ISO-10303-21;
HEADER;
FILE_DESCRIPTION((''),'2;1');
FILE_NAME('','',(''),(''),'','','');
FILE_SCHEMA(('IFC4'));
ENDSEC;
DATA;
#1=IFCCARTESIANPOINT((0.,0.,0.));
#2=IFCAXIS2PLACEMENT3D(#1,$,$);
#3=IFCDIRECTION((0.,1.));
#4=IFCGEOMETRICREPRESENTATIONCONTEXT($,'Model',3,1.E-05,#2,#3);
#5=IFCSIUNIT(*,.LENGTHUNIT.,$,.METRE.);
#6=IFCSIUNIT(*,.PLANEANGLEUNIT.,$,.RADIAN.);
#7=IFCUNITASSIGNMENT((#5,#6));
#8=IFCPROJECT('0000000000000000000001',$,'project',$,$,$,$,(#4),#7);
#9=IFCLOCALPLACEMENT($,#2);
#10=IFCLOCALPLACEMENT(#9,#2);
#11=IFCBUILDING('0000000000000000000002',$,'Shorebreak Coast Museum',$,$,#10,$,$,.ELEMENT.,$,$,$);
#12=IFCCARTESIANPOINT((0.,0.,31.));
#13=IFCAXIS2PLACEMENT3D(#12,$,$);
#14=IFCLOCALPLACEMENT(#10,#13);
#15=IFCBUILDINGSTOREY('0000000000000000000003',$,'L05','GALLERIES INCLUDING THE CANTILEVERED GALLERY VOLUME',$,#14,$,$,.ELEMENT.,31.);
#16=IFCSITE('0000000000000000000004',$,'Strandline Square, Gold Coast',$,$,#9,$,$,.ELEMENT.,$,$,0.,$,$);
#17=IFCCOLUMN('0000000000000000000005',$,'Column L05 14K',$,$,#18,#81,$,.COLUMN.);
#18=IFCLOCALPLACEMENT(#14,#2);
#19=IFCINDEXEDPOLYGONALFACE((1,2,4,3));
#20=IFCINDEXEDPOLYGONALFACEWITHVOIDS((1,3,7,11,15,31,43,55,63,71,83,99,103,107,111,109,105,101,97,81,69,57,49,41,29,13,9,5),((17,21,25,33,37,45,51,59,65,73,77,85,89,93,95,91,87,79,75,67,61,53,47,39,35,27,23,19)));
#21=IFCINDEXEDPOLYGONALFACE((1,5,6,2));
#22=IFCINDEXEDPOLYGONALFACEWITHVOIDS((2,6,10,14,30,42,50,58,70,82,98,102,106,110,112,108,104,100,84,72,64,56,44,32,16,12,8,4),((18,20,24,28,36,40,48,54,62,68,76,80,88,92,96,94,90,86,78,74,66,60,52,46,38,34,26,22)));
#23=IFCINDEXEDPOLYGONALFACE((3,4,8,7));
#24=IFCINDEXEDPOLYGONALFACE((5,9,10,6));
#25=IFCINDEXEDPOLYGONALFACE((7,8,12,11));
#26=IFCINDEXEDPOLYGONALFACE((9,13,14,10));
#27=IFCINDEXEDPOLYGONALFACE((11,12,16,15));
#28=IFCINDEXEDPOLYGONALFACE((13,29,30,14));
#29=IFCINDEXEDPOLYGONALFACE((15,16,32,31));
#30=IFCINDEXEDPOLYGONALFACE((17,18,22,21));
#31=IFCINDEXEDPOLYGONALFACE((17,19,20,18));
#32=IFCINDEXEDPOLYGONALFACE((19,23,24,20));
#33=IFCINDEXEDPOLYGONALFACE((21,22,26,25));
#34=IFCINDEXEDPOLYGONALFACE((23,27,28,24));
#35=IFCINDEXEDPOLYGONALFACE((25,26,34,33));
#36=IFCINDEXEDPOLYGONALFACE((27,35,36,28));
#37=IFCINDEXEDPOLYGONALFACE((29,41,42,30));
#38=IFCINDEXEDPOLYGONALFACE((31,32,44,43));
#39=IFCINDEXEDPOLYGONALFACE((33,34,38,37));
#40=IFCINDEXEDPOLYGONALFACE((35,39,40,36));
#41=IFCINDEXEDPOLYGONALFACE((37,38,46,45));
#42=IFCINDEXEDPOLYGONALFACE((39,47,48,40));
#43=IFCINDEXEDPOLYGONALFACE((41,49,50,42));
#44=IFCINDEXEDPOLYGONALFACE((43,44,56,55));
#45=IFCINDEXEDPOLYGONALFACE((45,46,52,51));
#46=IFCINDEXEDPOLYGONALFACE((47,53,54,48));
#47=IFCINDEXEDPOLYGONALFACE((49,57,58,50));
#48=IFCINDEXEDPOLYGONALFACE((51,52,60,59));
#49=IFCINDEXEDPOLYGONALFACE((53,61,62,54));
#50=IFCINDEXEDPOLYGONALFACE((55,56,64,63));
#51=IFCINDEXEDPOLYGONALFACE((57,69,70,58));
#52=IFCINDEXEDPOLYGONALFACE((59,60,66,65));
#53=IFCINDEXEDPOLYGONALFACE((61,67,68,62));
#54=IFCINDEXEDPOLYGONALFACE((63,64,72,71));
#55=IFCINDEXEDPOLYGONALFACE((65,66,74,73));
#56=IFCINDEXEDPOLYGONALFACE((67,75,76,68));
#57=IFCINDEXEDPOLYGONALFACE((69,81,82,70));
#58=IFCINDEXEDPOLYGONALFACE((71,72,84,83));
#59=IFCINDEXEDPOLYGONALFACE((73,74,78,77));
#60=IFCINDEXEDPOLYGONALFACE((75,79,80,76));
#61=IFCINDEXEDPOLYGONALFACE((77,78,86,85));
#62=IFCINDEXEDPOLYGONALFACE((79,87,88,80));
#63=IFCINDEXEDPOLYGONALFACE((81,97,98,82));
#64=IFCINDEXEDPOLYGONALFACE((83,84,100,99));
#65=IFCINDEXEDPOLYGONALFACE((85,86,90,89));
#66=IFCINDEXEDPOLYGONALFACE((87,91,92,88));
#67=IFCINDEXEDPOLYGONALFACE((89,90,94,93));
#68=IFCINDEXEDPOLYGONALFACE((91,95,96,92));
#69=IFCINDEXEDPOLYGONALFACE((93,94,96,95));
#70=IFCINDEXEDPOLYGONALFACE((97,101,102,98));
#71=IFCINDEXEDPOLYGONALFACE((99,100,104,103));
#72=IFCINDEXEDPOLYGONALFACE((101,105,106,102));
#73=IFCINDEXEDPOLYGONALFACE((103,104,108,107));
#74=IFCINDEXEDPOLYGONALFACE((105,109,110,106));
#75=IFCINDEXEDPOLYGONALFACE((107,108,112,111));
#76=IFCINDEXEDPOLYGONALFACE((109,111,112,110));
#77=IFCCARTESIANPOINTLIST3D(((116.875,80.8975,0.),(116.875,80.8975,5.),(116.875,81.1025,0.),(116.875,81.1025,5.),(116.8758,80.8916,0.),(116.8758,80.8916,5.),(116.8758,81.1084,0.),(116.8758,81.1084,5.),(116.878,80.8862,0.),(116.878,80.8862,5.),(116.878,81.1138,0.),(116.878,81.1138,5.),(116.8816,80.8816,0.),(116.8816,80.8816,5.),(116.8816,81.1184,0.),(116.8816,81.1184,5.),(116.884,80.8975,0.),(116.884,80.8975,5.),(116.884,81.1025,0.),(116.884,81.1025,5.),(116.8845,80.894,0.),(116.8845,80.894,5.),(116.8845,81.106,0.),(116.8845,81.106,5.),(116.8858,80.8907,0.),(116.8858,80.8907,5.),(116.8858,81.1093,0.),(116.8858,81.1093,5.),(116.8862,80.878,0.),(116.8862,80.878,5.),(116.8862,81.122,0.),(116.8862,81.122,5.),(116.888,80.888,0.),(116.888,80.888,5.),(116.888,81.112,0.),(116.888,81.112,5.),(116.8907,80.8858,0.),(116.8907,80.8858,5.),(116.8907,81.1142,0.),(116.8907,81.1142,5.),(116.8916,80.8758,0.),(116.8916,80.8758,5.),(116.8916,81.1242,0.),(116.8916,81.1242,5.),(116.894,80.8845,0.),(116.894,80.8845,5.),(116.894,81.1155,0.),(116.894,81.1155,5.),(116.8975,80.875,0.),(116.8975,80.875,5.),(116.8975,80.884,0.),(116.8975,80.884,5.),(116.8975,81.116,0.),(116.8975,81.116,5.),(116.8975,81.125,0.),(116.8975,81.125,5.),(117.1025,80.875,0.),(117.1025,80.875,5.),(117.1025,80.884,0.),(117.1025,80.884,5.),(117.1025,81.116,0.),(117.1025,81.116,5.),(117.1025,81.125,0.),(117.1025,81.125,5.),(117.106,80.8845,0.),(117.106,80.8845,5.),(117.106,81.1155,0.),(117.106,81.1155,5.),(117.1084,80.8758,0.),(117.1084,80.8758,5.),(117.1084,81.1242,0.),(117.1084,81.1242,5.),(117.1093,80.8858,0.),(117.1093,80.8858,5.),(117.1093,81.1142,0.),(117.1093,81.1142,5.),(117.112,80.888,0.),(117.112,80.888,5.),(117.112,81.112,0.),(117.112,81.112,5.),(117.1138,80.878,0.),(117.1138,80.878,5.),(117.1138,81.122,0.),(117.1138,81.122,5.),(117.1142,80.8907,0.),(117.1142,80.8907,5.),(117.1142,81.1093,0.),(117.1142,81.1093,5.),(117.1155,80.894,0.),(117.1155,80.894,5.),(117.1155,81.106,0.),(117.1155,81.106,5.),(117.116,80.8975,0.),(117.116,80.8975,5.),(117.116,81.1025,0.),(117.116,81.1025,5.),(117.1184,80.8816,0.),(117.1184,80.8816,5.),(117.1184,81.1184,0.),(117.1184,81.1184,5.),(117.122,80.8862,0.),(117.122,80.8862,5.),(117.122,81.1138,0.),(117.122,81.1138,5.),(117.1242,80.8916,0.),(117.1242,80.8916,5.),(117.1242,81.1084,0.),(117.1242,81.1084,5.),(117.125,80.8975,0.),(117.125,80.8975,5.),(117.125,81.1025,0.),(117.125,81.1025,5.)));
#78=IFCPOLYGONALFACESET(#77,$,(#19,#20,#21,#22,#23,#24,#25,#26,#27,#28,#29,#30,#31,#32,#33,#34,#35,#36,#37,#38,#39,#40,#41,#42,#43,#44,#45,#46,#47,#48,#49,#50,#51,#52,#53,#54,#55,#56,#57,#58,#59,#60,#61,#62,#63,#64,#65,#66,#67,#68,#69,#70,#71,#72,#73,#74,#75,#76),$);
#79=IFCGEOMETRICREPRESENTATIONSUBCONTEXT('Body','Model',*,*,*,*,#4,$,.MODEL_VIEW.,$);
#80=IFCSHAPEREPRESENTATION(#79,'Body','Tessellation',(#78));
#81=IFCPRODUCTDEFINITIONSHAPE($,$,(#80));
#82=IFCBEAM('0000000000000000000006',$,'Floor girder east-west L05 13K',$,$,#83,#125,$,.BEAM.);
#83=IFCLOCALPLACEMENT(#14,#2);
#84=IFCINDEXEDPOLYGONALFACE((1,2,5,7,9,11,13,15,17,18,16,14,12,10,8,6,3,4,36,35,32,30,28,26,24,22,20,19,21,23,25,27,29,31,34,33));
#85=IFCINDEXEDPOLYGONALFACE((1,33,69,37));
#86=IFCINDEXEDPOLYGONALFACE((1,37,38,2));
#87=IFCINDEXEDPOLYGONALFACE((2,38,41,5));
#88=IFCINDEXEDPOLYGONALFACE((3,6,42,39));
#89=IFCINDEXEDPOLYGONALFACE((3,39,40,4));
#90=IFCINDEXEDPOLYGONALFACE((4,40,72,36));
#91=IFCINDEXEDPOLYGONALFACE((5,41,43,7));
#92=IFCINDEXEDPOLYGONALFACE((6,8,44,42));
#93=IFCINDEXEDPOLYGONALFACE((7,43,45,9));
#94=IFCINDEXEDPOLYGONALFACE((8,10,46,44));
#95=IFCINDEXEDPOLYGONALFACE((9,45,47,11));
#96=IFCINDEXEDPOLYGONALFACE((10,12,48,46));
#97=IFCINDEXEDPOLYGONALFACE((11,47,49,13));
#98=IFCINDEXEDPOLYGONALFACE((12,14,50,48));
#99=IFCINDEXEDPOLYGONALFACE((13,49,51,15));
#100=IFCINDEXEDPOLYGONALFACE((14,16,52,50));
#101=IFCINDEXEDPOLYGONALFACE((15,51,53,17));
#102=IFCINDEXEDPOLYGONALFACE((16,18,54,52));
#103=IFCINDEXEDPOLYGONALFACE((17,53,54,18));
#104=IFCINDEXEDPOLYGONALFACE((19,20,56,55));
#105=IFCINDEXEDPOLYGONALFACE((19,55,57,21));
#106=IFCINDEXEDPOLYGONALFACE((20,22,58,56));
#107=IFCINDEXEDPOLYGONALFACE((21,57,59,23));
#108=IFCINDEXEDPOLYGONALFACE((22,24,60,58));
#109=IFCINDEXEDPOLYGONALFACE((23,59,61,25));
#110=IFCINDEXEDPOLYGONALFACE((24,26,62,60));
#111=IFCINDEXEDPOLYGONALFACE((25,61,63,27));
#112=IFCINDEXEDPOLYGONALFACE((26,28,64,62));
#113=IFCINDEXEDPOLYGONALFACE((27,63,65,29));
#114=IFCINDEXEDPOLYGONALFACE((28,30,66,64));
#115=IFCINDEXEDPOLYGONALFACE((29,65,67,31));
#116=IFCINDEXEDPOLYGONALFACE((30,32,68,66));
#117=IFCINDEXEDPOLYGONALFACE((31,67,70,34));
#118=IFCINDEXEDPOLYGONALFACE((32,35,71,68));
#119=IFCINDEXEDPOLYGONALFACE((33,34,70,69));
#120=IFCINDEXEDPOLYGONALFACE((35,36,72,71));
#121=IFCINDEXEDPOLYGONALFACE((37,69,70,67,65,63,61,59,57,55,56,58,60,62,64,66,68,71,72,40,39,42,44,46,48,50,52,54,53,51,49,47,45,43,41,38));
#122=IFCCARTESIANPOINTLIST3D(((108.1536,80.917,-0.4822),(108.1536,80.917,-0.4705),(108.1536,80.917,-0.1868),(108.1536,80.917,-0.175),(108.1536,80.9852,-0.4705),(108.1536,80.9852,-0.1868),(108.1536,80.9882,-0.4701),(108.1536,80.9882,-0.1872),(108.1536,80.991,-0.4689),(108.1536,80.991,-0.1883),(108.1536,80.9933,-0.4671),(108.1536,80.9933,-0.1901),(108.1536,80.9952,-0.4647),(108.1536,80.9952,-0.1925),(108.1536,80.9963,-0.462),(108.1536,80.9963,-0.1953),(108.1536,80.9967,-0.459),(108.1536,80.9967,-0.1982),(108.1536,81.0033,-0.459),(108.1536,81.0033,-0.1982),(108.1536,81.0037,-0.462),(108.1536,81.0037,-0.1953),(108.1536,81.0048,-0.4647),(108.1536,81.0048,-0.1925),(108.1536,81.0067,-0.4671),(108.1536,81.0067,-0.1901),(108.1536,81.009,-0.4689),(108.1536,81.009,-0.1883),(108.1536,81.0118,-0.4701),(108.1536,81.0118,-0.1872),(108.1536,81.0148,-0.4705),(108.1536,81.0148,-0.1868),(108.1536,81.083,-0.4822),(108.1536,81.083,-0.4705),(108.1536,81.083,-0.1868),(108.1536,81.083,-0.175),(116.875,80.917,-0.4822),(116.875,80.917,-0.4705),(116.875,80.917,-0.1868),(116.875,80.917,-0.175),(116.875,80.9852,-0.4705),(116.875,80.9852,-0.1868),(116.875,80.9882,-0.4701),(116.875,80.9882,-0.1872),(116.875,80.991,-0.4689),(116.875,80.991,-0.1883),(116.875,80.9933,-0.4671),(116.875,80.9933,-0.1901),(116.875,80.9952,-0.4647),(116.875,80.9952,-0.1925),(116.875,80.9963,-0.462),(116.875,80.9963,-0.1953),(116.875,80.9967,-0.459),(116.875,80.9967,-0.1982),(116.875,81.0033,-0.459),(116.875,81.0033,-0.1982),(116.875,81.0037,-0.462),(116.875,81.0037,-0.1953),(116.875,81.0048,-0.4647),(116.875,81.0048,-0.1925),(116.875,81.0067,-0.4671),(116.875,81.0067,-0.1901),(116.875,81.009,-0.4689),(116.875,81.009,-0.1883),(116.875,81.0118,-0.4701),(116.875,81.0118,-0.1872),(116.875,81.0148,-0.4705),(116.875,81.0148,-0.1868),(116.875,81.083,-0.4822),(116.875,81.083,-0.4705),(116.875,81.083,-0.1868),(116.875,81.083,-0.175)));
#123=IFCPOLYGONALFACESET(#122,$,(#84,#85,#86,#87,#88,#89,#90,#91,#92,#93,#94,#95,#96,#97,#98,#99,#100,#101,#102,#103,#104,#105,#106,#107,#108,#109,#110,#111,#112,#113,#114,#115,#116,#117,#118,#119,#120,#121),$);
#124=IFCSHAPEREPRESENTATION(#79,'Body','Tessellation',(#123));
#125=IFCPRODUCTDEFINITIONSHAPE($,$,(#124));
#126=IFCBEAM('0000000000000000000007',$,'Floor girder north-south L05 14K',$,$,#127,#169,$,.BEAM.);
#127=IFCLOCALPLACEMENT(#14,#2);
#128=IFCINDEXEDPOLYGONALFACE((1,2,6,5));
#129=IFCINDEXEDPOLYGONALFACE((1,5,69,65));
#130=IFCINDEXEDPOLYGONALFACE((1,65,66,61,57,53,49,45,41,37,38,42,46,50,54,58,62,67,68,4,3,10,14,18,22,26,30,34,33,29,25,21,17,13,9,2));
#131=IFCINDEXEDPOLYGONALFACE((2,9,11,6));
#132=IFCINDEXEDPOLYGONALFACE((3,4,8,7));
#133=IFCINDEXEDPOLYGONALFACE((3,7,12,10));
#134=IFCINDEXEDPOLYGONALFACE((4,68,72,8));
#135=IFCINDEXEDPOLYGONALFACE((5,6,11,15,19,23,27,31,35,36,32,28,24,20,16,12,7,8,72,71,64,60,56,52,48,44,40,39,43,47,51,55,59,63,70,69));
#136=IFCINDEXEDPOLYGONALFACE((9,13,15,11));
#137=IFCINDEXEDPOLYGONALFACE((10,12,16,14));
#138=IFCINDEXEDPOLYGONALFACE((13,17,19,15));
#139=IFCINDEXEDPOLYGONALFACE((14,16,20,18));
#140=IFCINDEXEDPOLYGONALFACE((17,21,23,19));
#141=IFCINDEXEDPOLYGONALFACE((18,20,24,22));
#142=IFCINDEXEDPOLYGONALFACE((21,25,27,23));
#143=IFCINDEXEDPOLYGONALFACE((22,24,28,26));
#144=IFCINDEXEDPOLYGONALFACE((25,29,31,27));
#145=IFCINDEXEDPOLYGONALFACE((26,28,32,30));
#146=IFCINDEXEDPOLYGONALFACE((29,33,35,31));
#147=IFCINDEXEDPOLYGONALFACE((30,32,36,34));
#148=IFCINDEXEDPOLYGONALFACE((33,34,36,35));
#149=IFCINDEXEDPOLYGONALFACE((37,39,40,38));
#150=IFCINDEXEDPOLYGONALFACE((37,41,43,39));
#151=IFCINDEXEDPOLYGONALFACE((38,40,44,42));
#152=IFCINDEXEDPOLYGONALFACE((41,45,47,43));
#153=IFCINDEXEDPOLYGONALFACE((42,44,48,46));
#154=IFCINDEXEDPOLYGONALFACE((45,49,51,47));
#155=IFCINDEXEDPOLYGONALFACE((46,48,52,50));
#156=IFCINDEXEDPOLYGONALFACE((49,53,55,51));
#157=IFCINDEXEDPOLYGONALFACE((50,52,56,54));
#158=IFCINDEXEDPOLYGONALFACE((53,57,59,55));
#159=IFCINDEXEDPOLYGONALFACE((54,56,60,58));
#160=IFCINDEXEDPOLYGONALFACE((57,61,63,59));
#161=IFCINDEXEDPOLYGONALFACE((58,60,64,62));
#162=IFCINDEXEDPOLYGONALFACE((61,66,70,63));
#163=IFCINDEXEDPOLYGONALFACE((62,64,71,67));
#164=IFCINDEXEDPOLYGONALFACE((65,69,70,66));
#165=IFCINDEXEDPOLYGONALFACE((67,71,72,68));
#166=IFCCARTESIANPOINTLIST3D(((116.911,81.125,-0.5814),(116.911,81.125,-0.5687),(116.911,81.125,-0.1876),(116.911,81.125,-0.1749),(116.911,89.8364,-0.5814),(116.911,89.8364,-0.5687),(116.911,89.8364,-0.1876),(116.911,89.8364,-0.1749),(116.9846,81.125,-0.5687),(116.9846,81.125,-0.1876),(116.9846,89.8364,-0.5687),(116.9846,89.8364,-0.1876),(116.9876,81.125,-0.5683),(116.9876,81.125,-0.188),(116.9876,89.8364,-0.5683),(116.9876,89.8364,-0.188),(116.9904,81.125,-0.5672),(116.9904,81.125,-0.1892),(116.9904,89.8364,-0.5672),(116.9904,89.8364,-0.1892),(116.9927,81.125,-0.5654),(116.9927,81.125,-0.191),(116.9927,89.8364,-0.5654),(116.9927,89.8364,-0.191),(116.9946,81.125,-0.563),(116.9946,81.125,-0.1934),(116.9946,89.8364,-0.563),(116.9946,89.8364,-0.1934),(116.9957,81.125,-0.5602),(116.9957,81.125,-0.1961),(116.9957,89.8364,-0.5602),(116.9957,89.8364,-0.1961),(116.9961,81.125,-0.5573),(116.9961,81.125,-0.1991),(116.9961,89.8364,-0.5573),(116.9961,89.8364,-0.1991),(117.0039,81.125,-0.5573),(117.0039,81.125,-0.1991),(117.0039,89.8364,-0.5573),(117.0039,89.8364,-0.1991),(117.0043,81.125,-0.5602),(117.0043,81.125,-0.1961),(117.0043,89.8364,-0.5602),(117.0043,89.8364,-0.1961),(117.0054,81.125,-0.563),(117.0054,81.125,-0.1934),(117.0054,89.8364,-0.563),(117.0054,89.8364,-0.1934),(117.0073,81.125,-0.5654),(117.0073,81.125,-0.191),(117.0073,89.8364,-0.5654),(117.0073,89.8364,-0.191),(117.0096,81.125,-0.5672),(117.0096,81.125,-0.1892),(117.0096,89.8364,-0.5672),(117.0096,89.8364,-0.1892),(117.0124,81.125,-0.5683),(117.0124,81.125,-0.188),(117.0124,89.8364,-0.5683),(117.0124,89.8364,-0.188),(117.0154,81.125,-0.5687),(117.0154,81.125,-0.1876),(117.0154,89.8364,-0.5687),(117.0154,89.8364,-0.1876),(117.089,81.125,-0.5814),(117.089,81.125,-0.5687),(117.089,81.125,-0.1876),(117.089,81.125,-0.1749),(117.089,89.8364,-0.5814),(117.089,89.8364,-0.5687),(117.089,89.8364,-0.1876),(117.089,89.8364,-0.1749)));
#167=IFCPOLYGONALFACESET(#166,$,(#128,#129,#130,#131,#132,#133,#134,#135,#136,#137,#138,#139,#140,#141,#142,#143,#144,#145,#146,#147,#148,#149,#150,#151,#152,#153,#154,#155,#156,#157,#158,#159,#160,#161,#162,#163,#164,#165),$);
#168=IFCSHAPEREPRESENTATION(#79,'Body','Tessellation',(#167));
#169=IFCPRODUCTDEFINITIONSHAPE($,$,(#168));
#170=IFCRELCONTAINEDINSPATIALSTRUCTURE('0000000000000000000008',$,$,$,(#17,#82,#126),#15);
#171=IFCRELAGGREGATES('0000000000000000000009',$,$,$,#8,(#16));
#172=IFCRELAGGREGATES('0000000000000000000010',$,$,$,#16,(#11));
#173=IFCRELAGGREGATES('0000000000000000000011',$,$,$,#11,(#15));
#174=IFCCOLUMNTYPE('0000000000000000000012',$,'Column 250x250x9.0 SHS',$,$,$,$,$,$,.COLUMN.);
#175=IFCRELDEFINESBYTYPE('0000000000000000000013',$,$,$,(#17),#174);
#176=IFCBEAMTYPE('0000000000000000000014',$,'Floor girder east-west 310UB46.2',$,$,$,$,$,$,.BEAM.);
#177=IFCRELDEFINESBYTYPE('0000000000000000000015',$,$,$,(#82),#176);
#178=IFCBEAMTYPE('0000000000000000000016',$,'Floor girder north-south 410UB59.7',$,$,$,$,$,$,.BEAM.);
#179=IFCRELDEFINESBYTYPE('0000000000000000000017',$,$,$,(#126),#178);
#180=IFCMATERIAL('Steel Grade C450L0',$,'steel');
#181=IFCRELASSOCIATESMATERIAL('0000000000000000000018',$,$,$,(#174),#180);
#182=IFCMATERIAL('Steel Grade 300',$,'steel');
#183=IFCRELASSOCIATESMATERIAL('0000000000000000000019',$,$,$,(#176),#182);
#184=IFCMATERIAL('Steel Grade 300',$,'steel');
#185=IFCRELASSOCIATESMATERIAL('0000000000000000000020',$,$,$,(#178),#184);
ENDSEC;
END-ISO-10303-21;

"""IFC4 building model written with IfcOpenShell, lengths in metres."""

from ifc_helpers import new_model, si_unit, direction, frame, origin, origin_2d, place, context, subcontext, project, spatial, hollow_rectangle, i_section, extrude, material, material_profile, profile_set, type_object, element, save


model = new_model("IFC4")

# Units and contexts
model_context = context("Model", 3, precision=1e-05, world=origin(), true_north=direction((0.0, 1.0)))
body_context = subcontext(model_context, "Body", "Model", "MODEL_VIEW")
ifc_project = project(units=[si_unit("LENGTHUNIT", "METRE"), si_unit("PLANEANGLEUNIT", "RADIAN")], contexts=[model_context])

# Site, building, storey
site_placement = place(None, origin())
site = spatial("IfcSite", under=ifc_project, at=site_placement, Name="Strandline Square, Gold Coast", CompositionType="ELEMENT", RefElevation=0.0)
building_placement = place(site_placement, origin())
building = spatial("IfcBuilding", under=site, at=building_placement, Name="Shorebreak Coast Museum", CompositionType="ELEMENT")
storey_placement = place(building_placement, frame((0.0, 0.0, 31.0)))
storey = spatial("IfcBuildingStorey", under=building, at=storey_placement, Name="L05", Description="GALLERIES INCLUDING THE CANTILEVERED GALLERY VOLUME", CompositionType="ELEMENT", Elevation=31.0)

# Column
ifc_material_1 = material(Name="Steel Grade C450L0", Category="steel")
ifc_material_profile_1 = material_profile(ifc_material_1, hollow_rectangle(XDim=0.25, YDim=0.25, WallThickness=0.009, InnerFilletRadius=0.0134, OuterFilletRadius=0.0225, at=origin_2d()), Name="250x250x9.0 SHS")
ifc_profile_set_1 = profile_set([ifc_material_profile_1], Name="Steel Grade C450L0")
column_type = type_object("IfcColumnType", Name="Column 250x250x9.0 SHS", PredefinedType="COLUMN", material=ifc_profile_set_1)
column_placement = place(storey_placement, frame((117.0, 81.0, 0.0), z_axis=(0.0, 0.0, 1.0), x_axis=(1.0, 0.0, 0.0)))
element("IfcColumn", 1, at=column_placement, inside=storey, type_object=column_type, Name="Column L05 14K", PredefinedType="COLUMN", context=body_context, shape_type="SweptSolid", body=[
    extrude(hollow_rectangle(XDim=0.25, YDim=0.25, WallThickness=0.009, InnerFilletRadius=0.0134, OuterFilletRadius=0.0225, at=origin_2d()), origin(), (0.0, 0.0, 1.0), 5.0),
])

# Beams
ifc_material_2 = material(Name="Steel Grade 300", Category="steel")
ifc_material_profile_2 = material_profile(ifc_material_2, i_section(OverallWidth=0.166, OverallDepth=0.3071, WebThickness=0.0066, FlangeThickness=0.0117, FilletRadius=0.0115, at=origin_2d()), Name="310UB46.2")
ifc_profile_set_2 = profile_set([ifc_material_profile_2], Name="Steel Grade 300")
beam_type_1 = type_object("IfcBeamType", Name="Floor girder east-west 310UB46.2", PredefinedType="BEAM", material=ifc_profile_set_2)
beam_1_placement = place(storey_placement, frame((108.1536, 81.0, -0.3286), z_axis=(1.0, 0.0, 0.0), x_axis=(0.0, 1.0, 0.0)))
element("IfcBeam", 2, at=beam_1_placement, inside=storey, type_object=beam_type_1, Name="Floor girder east-west L05 13K", PredefinedType="BEAM", context=body_context, shape_type="SweptSolid", body=[
    extrude(i_section(OverallWidth=0.166, OverallDepth=0.3071, WebThickness=0.0066, FlangeThickness=0.0117, FilletRadius=0.0115, at=origin_2d()), origin(), (0.0, 0.0, 1.0), 8.7214),
])
ifc_material_3 = material(Name="Steel Grade 300", Category="steel")
ifc_material_profile_3 = material_profile(ifc_material_3, i_section(OverallWidth=0.178, OverallDepth=0.4065, WebThickness=0.0078, FlangeThickness=0.0127, FilletRadius=0.0115, at=origin_2d()), Name="410UB59.7")
ifc_profile_set_3 = profile_set([ifc_material_profile_3], Name="Steel Grade 300")
beam_type_2 = type_object("IfcBeamType", Name="Floor girder north-south 410UB59.7", PredefinedType="BEAM", material=ifc_profile_set_3)
beam_2_placement = place(storey_placement, frame((117.0, 81.125, -0.3782), z_axis=(0.0, 1.0, 0.0), x_axis=(-1.0, 0.0, 0.0)))
element("IfcBeam", 3, at=beam_2_placement, inside=storey, type_object=beam_type_2, Name="Floor girder north-south L05 14K", PredefinedType="BEAM", context=body_context, shape_type="SweptSolid", body=[
    extrude(i_section(OverallWidth=0.178, OverallDepth=0.4065, WebThickness=0.0078, FlangeThickness=0.0127, FilletRadius=0.0115, at=origin_2d()), origin(), (0.0, 0.0, 1.0), 8.7114),
])

save(model, "model.ifc")
